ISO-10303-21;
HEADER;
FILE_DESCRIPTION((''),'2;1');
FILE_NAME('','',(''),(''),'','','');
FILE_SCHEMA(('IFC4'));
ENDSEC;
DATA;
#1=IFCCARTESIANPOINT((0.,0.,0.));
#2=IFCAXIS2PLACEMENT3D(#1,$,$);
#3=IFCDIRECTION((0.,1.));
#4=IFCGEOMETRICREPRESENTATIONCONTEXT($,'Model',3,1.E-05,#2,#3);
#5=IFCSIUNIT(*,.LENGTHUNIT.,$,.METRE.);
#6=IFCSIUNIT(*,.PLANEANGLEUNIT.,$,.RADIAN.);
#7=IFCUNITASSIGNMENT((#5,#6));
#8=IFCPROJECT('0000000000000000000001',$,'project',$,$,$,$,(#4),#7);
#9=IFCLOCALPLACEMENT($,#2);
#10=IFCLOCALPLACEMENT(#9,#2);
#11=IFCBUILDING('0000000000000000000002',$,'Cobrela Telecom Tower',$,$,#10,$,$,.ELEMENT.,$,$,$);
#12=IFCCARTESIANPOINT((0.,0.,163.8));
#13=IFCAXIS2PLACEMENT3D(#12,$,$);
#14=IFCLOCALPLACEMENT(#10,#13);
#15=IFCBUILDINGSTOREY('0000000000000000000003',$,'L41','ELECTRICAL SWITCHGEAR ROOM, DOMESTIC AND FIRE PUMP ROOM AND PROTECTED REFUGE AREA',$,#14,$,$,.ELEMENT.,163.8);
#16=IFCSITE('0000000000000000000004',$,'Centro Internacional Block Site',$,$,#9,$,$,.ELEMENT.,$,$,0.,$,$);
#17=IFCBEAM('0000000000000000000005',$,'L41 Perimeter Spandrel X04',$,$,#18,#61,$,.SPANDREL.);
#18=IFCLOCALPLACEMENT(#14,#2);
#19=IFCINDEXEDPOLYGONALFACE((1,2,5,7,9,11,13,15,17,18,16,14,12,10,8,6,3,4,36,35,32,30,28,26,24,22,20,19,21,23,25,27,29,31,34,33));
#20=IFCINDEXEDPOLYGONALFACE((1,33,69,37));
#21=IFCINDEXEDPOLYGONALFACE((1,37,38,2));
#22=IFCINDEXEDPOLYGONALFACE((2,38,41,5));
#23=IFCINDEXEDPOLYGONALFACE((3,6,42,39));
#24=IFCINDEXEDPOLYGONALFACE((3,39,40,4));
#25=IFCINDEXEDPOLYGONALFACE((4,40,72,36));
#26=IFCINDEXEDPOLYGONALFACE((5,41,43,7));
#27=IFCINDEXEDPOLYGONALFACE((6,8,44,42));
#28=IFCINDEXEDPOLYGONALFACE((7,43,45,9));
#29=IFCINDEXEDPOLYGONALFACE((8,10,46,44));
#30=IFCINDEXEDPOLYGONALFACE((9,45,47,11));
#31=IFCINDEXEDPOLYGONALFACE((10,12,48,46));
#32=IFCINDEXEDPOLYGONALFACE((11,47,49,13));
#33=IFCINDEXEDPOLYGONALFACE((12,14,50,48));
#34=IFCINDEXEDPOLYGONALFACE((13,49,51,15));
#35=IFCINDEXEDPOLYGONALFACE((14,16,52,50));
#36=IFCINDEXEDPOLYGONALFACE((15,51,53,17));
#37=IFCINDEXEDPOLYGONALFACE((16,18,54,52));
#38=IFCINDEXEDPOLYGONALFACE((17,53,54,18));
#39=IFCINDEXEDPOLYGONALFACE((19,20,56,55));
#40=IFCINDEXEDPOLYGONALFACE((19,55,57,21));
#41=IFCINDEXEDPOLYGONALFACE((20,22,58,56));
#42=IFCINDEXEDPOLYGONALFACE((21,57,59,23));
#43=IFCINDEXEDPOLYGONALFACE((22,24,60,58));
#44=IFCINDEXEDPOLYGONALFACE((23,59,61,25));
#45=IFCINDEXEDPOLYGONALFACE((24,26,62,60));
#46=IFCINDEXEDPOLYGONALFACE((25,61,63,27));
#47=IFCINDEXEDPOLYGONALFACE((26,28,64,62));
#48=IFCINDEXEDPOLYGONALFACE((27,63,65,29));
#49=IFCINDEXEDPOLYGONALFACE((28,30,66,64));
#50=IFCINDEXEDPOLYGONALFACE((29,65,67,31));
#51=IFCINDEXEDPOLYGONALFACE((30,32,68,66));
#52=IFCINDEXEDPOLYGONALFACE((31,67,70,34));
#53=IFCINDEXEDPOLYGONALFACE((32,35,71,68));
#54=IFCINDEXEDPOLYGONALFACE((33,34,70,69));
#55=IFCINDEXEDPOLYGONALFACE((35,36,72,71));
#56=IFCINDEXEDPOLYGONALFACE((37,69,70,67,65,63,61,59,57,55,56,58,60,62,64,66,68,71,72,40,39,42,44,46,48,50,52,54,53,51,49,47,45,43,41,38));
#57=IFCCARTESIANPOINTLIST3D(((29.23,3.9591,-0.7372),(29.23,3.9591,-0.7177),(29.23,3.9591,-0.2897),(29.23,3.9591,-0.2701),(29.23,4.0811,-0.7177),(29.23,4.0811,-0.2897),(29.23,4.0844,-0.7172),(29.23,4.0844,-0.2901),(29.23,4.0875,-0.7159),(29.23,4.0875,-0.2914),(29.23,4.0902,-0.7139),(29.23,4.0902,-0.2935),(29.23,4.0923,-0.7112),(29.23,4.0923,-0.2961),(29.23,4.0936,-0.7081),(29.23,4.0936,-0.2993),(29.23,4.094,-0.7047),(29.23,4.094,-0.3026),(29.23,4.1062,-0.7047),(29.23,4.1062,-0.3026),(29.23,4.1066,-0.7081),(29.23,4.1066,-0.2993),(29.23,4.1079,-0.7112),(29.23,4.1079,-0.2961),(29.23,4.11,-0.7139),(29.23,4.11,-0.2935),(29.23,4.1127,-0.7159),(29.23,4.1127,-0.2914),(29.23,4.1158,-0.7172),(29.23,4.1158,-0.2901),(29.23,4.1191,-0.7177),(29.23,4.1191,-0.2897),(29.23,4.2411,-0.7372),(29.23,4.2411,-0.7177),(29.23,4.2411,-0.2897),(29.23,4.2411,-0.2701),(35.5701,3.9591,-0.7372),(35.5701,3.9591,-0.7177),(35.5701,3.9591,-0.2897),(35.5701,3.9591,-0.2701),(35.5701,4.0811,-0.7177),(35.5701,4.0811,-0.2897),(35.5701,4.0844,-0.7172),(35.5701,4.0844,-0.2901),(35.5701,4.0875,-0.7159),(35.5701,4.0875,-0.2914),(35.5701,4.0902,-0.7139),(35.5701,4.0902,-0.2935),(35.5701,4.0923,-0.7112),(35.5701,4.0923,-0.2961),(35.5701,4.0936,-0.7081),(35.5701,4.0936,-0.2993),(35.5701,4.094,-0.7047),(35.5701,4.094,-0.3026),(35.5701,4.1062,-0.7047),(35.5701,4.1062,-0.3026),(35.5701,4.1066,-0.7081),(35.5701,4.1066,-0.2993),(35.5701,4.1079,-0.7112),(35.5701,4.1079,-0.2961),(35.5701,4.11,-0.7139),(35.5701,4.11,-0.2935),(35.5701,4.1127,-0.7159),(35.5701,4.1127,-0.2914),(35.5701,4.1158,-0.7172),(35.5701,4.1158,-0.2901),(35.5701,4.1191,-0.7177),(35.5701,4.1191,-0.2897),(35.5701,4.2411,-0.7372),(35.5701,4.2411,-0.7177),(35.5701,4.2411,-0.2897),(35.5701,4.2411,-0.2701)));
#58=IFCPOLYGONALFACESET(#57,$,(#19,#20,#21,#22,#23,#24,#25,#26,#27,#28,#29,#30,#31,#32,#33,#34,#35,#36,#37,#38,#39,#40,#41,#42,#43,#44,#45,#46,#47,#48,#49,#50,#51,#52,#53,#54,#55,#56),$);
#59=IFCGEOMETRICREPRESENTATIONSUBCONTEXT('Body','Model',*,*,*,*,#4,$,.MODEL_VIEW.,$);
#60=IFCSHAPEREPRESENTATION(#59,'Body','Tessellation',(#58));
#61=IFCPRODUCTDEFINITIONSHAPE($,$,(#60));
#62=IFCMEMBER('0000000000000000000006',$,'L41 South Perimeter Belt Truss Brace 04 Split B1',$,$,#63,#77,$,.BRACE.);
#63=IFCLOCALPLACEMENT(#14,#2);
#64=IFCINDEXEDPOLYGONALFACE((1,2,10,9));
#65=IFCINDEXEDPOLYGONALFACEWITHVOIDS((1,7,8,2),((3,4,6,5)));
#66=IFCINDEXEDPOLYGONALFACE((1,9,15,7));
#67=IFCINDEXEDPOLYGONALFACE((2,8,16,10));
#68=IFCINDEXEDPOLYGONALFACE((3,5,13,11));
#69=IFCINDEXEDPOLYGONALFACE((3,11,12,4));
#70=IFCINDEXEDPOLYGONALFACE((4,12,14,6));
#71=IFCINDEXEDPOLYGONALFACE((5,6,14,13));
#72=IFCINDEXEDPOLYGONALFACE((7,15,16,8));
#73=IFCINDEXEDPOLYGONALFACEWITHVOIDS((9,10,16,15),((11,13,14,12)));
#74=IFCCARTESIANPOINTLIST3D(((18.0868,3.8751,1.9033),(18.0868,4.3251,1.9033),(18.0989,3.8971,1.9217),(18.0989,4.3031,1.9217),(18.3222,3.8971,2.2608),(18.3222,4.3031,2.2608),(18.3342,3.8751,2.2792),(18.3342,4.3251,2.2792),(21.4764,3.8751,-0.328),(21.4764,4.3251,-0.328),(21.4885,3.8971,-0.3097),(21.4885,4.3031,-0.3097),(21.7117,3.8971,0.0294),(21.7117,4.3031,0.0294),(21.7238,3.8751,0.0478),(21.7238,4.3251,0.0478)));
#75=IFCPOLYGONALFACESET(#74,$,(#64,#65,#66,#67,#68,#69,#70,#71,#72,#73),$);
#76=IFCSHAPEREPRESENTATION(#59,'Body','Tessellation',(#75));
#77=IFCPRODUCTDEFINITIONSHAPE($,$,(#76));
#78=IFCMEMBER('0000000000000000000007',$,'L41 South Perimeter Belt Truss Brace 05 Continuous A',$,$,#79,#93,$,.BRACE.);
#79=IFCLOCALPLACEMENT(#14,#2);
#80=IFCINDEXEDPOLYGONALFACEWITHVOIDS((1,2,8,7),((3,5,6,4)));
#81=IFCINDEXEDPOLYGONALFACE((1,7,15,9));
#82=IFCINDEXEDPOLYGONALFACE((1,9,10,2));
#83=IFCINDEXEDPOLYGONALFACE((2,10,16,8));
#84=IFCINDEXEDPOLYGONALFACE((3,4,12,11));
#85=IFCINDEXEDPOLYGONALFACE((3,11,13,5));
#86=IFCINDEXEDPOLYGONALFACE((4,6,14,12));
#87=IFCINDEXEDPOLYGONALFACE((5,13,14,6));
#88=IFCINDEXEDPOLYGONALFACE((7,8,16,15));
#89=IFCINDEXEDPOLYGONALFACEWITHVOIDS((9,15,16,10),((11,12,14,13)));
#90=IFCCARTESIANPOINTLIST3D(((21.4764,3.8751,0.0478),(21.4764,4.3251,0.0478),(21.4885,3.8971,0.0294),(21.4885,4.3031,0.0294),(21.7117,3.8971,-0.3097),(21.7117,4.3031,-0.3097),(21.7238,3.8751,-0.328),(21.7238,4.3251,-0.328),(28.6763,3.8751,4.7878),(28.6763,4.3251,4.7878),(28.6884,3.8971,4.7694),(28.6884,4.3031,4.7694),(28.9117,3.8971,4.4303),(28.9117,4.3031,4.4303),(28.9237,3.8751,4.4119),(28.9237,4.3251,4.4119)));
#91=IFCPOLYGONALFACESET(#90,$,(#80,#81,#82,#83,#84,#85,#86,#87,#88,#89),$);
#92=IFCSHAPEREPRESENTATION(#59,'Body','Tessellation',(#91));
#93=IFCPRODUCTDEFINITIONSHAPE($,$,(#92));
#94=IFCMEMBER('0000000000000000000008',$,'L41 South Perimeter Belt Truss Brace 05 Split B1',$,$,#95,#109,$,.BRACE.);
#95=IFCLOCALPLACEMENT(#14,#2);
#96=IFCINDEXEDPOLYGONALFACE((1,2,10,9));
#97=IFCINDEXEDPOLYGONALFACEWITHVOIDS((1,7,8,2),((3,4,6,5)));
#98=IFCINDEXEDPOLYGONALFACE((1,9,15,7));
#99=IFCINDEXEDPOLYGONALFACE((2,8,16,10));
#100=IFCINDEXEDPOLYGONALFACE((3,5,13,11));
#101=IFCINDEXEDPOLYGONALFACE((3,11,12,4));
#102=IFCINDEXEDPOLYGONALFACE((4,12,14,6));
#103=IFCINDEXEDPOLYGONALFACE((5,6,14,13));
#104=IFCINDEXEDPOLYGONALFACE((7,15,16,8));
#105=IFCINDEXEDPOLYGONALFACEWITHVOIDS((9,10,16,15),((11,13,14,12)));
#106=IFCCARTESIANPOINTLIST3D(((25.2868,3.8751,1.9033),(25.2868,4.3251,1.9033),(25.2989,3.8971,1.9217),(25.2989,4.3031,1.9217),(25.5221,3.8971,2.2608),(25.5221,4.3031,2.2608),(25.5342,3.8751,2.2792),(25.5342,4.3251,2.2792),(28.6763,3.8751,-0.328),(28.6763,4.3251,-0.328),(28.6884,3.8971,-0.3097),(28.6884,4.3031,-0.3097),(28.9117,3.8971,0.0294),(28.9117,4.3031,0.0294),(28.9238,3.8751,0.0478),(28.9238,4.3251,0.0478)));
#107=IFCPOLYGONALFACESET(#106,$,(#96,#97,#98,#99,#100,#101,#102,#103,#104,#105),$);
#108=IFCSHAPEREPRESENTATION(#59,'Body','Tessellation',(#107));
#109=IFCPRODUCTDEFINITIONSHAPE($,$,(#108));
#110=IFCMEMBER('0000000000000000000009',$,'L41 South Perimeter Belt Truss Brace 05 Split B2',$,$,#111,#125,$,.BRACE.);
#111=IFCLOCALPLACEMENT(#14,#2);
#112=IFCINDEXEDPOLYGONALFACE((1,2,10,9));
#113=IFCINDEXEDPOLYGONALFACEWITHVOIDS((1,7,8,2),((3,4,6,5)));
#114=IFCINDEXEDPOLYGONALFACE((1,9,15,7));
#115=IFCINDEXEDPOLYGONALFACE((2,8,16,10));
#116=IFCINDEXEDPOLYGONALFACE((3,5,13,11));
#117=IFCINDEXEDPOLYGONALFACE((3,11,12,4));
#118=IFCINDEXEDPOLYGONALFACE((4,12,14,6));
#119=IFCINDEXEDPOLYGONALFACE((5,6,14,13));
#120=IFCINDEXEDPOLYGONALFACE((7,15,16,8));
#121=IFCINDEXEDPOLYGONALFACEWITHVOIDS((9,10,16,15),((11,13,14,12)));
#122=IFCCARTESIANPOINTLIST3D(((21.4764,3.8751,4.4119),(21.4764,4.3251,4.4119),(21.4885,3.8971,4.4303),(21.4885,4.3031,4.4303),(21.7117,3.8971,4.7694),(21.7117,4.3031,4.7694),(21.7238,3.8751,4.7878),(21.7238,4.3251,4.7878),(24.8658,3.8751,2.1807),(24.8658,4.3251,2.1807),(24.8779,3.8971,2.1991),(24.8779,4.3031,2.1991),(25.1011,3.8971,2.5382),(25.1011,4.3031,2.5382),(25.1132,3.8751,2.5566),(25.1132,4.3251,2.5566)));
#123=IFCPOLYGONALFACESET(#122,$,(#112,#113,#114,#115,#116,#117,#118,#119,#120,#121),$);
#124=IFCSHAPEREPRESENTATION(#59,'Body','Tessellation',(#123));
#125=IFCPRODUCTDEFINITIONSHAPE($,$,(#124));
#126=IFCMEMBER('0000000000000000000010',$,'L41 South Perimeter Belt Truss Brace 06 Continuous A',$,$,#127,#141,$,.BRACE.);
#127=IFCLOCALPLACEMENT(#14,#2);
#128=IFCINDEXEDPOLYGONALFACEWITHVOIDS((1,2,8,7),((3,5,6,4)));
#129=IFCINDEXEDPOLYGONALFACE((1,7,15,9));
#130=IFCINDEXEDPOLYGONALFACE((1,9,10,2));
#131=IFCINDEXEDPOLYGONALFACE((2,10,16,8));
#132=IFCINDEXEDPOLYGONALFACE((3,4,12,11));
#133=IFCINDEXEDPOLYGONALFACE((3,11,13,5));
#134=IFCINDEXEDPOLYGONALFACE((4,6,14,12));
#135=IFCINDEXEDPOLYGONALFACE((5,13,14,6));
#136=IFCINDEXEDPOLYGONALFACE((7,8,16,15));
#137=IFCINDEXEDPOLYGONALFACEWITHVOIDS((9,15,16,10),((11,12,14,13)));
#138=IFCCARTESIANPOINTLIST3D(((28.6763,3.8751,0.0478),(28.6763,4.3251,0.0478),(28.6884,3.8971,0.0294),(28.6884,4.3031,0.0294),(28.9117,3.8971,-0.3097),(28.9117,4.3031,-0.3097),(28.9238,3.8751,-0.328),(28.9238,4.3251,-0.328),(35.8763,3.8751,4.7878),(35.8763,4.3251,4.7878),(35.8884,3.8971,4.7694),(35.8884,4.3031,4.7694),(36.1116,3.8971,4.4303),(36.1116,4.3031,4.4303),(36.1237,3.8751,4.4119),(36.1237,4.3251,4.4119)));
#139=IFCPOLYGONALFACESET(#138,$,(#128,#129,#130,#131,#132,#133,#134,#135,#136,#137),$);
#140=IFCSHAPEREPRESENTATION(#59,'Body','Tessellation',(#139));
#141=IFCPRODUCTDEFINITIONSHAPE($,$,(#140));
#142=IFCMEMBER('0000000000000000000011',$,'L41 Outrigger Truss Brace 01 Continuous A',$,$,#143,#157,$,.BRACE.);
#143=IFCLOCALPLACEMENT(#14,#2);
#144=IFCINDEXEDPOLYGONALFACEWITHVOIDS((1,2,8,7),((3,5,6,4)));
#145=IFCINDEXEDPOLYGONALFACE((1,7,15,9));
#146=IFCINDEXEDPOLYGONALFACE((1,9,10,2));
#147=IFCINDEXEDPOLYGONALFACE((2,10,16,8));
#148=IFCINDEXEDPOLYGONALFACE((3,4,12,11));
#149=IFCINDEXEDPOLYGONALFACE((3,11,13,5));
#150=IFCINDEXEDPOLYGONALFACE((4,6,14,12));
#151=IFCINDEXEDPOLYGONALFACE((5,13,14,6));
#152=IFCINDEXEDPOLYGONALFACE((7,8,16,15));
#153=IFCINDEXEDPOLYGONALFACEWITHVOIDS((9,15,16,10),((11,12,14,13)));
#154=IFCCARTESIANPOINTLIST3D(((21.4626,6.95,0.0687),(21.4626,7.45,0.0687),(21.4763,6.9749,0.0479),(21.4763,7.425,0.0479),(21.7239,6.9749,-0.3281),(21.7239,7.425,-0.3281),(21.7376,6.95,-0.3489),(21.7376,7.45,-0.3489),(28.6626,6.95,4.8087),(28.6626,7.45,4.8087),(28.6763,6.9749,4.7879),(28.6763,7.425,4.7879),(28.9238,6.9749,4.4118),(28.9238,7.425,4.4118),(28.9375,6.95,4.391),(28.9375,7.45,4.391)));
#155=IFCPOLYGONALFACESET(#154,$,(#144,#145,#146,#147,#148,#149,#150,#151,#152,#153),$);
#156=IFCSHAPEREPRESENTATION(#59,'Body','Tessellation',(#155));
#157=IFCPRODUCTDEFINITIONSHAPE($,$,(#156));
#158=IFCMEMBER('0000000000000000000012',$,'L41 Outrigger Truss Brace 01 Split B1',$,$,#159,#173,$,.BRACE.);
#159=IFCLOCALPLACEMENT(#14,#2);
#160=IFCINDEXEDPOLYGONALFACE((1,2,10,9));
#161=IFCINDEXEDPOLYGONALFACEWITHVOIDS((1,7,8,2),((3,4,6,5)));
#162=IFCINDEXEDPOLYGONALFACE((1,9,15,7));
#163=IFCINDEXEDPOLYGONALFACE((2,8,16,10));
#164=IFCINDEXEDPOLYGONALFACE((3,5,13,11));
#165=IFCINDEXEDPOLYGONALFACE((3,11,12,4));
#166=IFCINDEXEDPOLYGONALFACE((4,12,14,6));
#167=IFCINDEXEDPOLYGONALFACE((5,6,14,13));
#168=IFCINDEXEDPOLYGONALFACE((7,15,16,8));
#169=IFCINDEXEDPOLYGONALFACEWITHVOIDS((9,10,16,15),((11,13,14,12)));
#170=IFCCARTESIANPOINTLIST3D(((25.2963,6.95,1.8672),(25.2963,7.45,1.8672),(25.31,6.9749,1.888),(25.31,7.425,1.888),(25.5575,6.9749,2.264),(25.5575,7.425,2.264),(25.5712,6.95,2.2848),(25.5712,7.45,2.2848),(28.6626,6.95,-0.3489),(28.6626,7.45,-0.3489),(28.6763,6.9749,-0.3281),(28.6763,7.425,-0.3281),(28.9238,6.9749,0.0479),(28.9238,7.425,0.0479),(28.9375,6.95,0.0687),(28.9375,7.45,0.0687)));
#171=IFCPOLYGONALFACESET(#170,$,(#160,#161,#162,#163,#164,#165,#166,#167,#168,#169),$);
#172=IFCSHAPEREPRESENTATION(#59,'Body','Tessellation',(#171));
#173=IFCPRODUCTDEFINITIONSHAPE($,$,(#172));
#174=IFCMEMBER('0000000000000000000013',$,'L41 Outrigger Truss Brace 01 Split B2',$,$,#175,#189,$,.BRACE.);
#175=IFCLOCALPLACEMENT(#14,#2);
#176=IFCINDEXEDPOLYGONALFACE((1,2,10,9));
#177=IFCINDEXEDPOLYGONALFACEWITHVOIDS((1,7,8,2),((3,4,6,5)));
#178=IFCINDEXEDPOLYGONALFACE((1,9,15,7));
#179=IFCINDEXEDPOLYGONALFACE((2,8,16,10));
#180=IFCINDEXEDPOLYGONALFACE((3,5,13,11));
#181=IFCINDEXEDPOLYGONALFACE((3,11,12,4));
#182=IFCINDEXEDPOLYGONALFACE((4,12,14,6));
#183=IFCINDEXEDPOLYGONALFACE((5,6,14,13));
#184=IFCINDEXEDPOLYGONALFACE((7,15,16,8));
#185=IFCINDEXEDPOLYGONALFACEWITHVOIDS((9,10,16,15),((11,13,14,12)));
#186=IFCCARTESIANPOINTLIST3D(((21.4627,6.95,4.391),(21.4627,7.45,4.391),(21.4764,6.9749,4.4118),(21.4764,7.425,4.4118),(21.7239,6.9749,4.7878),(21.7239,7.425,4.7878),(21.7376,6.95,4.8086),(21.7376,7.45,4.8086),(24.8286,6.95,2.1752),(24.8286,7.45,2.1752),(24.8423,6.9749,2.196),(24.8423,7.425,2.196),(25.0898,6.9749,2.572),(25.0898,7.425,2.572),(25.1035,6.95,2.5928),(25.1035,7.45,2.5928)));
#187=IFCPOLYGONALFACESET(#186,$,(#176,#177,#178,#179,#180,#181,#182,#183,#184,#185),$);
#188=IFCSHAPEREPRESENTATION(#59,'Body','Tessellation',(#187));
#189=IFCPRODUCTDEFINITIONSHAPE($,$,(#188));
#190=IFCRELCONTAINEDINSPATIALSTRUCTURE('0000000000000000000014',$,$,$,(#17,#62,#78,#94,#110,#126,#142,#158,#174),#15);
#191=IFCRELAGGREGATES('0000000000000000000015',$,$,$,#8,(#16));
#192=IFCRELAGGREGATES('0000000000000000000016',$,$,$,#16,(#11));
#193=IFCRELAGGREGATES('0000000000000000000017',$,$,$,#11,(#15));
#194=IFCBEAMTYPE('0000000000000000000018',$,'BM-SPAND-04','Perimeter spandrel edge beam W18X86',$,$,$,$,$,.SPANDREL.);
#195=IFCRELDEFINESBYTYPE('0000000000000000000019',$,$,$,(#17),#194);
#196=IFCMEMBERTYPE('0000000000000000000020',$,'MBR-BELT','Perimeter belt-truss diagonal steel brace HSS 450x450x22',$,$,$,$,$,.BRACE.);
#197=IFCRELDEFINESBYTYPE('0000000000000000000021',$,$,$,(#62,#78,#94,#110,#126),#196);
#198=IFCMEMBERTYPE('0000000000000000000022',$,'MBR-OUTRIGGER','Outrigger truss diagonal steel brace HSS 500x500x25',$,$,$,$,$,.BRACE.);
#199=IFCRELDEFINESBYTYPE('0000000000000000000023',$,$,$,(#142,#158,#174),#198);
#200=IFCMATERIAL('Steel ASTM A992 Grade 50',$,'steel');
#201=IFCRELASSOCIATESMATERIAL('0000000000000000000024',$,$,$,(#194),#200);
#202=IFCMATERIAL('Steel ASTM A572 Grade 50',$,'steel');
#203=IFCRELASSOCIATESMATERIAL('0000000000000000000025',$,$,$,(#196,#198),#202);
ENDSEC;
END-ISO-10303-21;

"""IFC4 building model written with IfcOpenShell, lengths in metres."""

from ifc_helpers import new_model, si_unit, direction, frame, origin, origin_2d, place, context, subcontext, project, spatial, hollow_rectangle, i_section, extrude, material, material_profile, profile_set, type_object, element, save


model = new_model("IFC4")

# Units and contexts
model_context = context("Model", 3, precision=1e-05, world=origin(), true_north=direction((0.0, 1.0)))
body_context = subcontext(model_context, "Body", "Model", "MODEL_VIEW")
ifc_project = project(units=[si_unit("LENGTHUNIT", "METRE"), si_unit("PLANEANGLEUNIT", "RADIAN")], contexts=[model_context])

# Site, building, storey
site_placement = place(None, origin())
site = spatial("IfcSite", under=ifc_project, at=site_placement, Name="Centro Internacional Block Site", CompositionType="ELEMENT", RefElevation=0.0)
building_placement = place(site_placement, origin())
building = spatial("IfcBuilding", under=site, at=building_placement, Name="Cobrela Telecom Tower", CompositionType="ELEMENT")
storey_placement = place(building_placement, frame((0.0, 0.0, 163.8)))
storey = spatial("IfcBuildingStorey", under=building, at=storey_placement, Name="L41", Description="ELECTRICAL SWITCHGEAR ROOM, DOMESTIC AND FIRE PUMP ROOM AND PROTECTED REFUGE AREA", CompositionType="ELEMENT", Elevation=163.8)

# Shared definitions
ifc_material_1 = material(Name="Steel ASTM A992 Grade 50", Category="steel")
ifc_material_2 = material(Name="Steel ASTM A572 Grade 50", Category="steel")

# Beam
ifc_material_profile_1 = material_profile(ifc_material_1, i_section(OverallWidth=0.282, OverallDepth=0.467, WebThickness=0.0122, FlangeThickness=0.0195, FilletRadius=0.0129, at=origin_2d()), Name="W18X86")
ifc_profile_set_1 = profile_set([ifc_material_profile_1], Name="Steel ASTM A992 Grade 50")
beam_type_1 = type_object("IfcBeamType", Name="BM-SPAND-04", Description="Perimeter spandrel edge beam W18X86", PredefinedType="SPANDREL", material=ifc_profile_set_1)
for number, where, z_axis, x_axis, name in (
    (1, (29.23, 4.1001, -0.5037), (1.0, 0.0, 0.0), (0.0, 1.0, 0.0), "L41 Perimeter Spandrel X04"),
):
    element("IfcBeam", number, at=place(storey_placement, frame(where, z_axis=z_axis, x_axis=x_axis)), inside=storey, type_object=beam_type_1, Name=name, PredefinedType="SPANDREL", context=body_context, shape_type="SweptSolid", body=[
        extrude(i_section(OverallWidth=0.282, OverallDepth=0.467, WebThickness=0.0122, FlangeThickness=0.0195, FilletRadius=0.0129, at=origin_2d()), origin(), (0.0, 0.0, 1.0), 6.3401),
    ])

# Members
ifc_material_profile_2 = material_profile(ifc_material_2, hollow_rectangle(XDim=0.45, YDim=0.45, WallThickness=0.022, at=origin_2d()), Name="HSS 450x450x22")
ifc_profile_set_2 = profile_set([ifc_material_profile_2], Name="Steel ASTM A572 Grade 50")
member_type_1 = type_object("IfcMemberType", Name="MBR-BELT", Description="Perimeter belt-truss diagonal steel brace HSS 450x450x22", PredefinedType="BRACE", material=ifc_profile_set_2)
member_1_placement = place(storey_placement, frame((21.6001, 4.1001, -0.1401), z_axis=(-0.835257, 0.0, 0.54986), x_axis=(0.0, -1.0, 0.0)))
element("IfcMember", 2, at=member_1_placement, inside=storey, type_object=member_type_1, Name="L41 South Perimeter Belt Truss Brace 04 Split B1", PredefinedType="BRACE", context=body_context, shape_type="SweptSolid", body=[
    extrude(hollow_rectangle(XDim=0.45, YDim=0.45, WallThickness=0.022, at=origin_2d()), origin(), (0.0, 0.0, 1.0), 4.0581),
])
member_2_placement = place(storey_placement, frame((21.6001, 4.1001, -0.1401), z_axis=(0.835248, 0.0, 0.549874), x_axis=(0.0, 1.0, 0.0)))
element("IfcMember", 3, at=member_2_placement, inside=storey, type_object=member_type_1, Name="L41 South Perimeter Belt Truss Brace 05 Continuous A", PredefinedType="BRACE", context=body_context, shape_type="SweptSolid", body=[
    extrude(hollow_rectangle(XDim=0.45, YDim=0.45, WallThickness=0.022, at=origin_2d()), origin(), (0.0, 0.0, 1.0), 8.6201),
])
member_3_placement = place(storey_placement, frame((28.8, 4.1001, -0.1401), z_axis=(-0.835257, 0.0, 0.54986), x_axis=(0.0, -1.0, 0.0)))
element("IfcMember", 4, at=member_3_placement, inside=storey, type_object=member_type_1, Name="L41 South Perimeter Belt Truss Brace 05 Split B1", PredefinedType="BRACE", context=body_context, shape_type="SweptSolid", body=[
    extrude(hollow_rectangle(XDim=0.45, YDim=0.45, WallThickness=0.022, at=origin_2d()), origin(), (0.0, 0.0, 1.0), 4.0581),
])
member_4_placement = place(storey_placement, frame((24.9895, 4.1001, 2.3687), z_axis=(-0.835267, 0.0, 0.549845), x_axis=(0.0, -1.0, 0.0)))
element("IfcMember", 5, at=member_4_placement, inside=storey, type_object=member_type_1, Name="L41 South Perimeter Belt Truss Brace 05 Split B2", PredefinedType="BRACE", context=body_context, shape_type="SweptSolid", body=[
    extrude(hollow_rectangle(XDim=0.45, YDim=0.45, WallThickness=0.022, at=origin_2d()), origin(), (0.0, 0.0, 1.0), 4.0579),
])
member_5_placement = place(storey_placement, frame((28.8, 4.1001, -0.1401), z_axis=(0.835248, 0.0, 0.549874), x_axis=(0.0, 1.0, 0.0)))
element("IfcMember", 6, at=member_5_placement, inside=storey, type_object=member_type_1, Name="L41 South Perimeter Belt Truss Brace 06 Continuous A", PredefinedType="BRACE", context=body_context, shape_type="SweptSolid", body=[
    extrude(hollow_rectangle(XDim=0.45, YDim=0.45, WallThickness=0.022, at=origin_2d()), origin(), (0.0, 0.0, 1.0), 8.6201),
])
ifc_material_profile_3 = material_profile(ifc_material_2, hollow_rectangle(XDim=0.5, YDim=0.5, WallThickness=0.0249, at=origin_2d()), Name="HSS 500x500x25")
ifc_profile_set_3 = profile_set([ifc_material_profile_3], Name="Steel ASTM A572 Grade 50")
member_type_2 = type_object("IfcMemberType", Name="MBR-OUTRIGGER", Description="Outrigger truss diagonal steel brace HSS 500x500x25", PredefinedType="BRACE", material=ifc_profile_set_3)
member_6_placement = place(storey_placement, frame((21.6001, 7.2, -0.1401), z_axis=(0.835248, 0.0, 0.549874), x_axis=(0.0, 1.0, 0.0)))
element("IfcMember", 7, at=member_6_placement, inside=storey, type_object=member_type_2, Name="L41 Outrigger Truss Brace 01 Continuous A", PredefinedType="BRACE", context=body_context, shape_type="SweptSolid", body=[
    extrude(hollow_rectangle(XDim=0.5, YDim=0.5, WallThickness=0.0249, at=origin_2d()), origin(), (0.0, 0.0, 1.0), 8.6201),
])
member_7_placement = place(storey_placement, frame((28.8, 7.2, -0.1401), z_axis=(-0.835252, 0.0, 0.549868), x_axis=(0.0, -1.0, 0.0)))
element("IfcMember", 8, at=member_7_placement, inside=storey, type_object=member_type_2, Name="L41 Outrigger Truss Brace 01 Split B1", PredefinedType="BRACE", context=body_context, shape_type="SweptSolid", body=[
    extrude(hollow_rectangle(XDim=0.5, YDim=0.5, WallThickness=0.0249, at=origin_2d()), origin(), (0.0, 0.0, 1.0), 4.0303),
])
member_8_placement = place(storey_placement, frame((24.9661, 7.2, 2.384), z_axis=(-0.835261, 0.0, 0.549853), x_axis=(0.0, -1.0, 0.0)))
element("IfcMember", 9, at=member_8_placement, inside=storey, type_object=member_type_2, Name="L41 Outrigger Truss Brace 01 Split B2", PredefinedType="BRACE", context=body_context, shape_type="SweptSolid", body=[
    extrude(hollow_rectangle(XDim=0.5, YDim=0.5, WallThickness=0.0249, at=origin_2d()), origin(), (0.0, 0.0, 1.0), 4.0298),
])

save(model, "model.ifc")
